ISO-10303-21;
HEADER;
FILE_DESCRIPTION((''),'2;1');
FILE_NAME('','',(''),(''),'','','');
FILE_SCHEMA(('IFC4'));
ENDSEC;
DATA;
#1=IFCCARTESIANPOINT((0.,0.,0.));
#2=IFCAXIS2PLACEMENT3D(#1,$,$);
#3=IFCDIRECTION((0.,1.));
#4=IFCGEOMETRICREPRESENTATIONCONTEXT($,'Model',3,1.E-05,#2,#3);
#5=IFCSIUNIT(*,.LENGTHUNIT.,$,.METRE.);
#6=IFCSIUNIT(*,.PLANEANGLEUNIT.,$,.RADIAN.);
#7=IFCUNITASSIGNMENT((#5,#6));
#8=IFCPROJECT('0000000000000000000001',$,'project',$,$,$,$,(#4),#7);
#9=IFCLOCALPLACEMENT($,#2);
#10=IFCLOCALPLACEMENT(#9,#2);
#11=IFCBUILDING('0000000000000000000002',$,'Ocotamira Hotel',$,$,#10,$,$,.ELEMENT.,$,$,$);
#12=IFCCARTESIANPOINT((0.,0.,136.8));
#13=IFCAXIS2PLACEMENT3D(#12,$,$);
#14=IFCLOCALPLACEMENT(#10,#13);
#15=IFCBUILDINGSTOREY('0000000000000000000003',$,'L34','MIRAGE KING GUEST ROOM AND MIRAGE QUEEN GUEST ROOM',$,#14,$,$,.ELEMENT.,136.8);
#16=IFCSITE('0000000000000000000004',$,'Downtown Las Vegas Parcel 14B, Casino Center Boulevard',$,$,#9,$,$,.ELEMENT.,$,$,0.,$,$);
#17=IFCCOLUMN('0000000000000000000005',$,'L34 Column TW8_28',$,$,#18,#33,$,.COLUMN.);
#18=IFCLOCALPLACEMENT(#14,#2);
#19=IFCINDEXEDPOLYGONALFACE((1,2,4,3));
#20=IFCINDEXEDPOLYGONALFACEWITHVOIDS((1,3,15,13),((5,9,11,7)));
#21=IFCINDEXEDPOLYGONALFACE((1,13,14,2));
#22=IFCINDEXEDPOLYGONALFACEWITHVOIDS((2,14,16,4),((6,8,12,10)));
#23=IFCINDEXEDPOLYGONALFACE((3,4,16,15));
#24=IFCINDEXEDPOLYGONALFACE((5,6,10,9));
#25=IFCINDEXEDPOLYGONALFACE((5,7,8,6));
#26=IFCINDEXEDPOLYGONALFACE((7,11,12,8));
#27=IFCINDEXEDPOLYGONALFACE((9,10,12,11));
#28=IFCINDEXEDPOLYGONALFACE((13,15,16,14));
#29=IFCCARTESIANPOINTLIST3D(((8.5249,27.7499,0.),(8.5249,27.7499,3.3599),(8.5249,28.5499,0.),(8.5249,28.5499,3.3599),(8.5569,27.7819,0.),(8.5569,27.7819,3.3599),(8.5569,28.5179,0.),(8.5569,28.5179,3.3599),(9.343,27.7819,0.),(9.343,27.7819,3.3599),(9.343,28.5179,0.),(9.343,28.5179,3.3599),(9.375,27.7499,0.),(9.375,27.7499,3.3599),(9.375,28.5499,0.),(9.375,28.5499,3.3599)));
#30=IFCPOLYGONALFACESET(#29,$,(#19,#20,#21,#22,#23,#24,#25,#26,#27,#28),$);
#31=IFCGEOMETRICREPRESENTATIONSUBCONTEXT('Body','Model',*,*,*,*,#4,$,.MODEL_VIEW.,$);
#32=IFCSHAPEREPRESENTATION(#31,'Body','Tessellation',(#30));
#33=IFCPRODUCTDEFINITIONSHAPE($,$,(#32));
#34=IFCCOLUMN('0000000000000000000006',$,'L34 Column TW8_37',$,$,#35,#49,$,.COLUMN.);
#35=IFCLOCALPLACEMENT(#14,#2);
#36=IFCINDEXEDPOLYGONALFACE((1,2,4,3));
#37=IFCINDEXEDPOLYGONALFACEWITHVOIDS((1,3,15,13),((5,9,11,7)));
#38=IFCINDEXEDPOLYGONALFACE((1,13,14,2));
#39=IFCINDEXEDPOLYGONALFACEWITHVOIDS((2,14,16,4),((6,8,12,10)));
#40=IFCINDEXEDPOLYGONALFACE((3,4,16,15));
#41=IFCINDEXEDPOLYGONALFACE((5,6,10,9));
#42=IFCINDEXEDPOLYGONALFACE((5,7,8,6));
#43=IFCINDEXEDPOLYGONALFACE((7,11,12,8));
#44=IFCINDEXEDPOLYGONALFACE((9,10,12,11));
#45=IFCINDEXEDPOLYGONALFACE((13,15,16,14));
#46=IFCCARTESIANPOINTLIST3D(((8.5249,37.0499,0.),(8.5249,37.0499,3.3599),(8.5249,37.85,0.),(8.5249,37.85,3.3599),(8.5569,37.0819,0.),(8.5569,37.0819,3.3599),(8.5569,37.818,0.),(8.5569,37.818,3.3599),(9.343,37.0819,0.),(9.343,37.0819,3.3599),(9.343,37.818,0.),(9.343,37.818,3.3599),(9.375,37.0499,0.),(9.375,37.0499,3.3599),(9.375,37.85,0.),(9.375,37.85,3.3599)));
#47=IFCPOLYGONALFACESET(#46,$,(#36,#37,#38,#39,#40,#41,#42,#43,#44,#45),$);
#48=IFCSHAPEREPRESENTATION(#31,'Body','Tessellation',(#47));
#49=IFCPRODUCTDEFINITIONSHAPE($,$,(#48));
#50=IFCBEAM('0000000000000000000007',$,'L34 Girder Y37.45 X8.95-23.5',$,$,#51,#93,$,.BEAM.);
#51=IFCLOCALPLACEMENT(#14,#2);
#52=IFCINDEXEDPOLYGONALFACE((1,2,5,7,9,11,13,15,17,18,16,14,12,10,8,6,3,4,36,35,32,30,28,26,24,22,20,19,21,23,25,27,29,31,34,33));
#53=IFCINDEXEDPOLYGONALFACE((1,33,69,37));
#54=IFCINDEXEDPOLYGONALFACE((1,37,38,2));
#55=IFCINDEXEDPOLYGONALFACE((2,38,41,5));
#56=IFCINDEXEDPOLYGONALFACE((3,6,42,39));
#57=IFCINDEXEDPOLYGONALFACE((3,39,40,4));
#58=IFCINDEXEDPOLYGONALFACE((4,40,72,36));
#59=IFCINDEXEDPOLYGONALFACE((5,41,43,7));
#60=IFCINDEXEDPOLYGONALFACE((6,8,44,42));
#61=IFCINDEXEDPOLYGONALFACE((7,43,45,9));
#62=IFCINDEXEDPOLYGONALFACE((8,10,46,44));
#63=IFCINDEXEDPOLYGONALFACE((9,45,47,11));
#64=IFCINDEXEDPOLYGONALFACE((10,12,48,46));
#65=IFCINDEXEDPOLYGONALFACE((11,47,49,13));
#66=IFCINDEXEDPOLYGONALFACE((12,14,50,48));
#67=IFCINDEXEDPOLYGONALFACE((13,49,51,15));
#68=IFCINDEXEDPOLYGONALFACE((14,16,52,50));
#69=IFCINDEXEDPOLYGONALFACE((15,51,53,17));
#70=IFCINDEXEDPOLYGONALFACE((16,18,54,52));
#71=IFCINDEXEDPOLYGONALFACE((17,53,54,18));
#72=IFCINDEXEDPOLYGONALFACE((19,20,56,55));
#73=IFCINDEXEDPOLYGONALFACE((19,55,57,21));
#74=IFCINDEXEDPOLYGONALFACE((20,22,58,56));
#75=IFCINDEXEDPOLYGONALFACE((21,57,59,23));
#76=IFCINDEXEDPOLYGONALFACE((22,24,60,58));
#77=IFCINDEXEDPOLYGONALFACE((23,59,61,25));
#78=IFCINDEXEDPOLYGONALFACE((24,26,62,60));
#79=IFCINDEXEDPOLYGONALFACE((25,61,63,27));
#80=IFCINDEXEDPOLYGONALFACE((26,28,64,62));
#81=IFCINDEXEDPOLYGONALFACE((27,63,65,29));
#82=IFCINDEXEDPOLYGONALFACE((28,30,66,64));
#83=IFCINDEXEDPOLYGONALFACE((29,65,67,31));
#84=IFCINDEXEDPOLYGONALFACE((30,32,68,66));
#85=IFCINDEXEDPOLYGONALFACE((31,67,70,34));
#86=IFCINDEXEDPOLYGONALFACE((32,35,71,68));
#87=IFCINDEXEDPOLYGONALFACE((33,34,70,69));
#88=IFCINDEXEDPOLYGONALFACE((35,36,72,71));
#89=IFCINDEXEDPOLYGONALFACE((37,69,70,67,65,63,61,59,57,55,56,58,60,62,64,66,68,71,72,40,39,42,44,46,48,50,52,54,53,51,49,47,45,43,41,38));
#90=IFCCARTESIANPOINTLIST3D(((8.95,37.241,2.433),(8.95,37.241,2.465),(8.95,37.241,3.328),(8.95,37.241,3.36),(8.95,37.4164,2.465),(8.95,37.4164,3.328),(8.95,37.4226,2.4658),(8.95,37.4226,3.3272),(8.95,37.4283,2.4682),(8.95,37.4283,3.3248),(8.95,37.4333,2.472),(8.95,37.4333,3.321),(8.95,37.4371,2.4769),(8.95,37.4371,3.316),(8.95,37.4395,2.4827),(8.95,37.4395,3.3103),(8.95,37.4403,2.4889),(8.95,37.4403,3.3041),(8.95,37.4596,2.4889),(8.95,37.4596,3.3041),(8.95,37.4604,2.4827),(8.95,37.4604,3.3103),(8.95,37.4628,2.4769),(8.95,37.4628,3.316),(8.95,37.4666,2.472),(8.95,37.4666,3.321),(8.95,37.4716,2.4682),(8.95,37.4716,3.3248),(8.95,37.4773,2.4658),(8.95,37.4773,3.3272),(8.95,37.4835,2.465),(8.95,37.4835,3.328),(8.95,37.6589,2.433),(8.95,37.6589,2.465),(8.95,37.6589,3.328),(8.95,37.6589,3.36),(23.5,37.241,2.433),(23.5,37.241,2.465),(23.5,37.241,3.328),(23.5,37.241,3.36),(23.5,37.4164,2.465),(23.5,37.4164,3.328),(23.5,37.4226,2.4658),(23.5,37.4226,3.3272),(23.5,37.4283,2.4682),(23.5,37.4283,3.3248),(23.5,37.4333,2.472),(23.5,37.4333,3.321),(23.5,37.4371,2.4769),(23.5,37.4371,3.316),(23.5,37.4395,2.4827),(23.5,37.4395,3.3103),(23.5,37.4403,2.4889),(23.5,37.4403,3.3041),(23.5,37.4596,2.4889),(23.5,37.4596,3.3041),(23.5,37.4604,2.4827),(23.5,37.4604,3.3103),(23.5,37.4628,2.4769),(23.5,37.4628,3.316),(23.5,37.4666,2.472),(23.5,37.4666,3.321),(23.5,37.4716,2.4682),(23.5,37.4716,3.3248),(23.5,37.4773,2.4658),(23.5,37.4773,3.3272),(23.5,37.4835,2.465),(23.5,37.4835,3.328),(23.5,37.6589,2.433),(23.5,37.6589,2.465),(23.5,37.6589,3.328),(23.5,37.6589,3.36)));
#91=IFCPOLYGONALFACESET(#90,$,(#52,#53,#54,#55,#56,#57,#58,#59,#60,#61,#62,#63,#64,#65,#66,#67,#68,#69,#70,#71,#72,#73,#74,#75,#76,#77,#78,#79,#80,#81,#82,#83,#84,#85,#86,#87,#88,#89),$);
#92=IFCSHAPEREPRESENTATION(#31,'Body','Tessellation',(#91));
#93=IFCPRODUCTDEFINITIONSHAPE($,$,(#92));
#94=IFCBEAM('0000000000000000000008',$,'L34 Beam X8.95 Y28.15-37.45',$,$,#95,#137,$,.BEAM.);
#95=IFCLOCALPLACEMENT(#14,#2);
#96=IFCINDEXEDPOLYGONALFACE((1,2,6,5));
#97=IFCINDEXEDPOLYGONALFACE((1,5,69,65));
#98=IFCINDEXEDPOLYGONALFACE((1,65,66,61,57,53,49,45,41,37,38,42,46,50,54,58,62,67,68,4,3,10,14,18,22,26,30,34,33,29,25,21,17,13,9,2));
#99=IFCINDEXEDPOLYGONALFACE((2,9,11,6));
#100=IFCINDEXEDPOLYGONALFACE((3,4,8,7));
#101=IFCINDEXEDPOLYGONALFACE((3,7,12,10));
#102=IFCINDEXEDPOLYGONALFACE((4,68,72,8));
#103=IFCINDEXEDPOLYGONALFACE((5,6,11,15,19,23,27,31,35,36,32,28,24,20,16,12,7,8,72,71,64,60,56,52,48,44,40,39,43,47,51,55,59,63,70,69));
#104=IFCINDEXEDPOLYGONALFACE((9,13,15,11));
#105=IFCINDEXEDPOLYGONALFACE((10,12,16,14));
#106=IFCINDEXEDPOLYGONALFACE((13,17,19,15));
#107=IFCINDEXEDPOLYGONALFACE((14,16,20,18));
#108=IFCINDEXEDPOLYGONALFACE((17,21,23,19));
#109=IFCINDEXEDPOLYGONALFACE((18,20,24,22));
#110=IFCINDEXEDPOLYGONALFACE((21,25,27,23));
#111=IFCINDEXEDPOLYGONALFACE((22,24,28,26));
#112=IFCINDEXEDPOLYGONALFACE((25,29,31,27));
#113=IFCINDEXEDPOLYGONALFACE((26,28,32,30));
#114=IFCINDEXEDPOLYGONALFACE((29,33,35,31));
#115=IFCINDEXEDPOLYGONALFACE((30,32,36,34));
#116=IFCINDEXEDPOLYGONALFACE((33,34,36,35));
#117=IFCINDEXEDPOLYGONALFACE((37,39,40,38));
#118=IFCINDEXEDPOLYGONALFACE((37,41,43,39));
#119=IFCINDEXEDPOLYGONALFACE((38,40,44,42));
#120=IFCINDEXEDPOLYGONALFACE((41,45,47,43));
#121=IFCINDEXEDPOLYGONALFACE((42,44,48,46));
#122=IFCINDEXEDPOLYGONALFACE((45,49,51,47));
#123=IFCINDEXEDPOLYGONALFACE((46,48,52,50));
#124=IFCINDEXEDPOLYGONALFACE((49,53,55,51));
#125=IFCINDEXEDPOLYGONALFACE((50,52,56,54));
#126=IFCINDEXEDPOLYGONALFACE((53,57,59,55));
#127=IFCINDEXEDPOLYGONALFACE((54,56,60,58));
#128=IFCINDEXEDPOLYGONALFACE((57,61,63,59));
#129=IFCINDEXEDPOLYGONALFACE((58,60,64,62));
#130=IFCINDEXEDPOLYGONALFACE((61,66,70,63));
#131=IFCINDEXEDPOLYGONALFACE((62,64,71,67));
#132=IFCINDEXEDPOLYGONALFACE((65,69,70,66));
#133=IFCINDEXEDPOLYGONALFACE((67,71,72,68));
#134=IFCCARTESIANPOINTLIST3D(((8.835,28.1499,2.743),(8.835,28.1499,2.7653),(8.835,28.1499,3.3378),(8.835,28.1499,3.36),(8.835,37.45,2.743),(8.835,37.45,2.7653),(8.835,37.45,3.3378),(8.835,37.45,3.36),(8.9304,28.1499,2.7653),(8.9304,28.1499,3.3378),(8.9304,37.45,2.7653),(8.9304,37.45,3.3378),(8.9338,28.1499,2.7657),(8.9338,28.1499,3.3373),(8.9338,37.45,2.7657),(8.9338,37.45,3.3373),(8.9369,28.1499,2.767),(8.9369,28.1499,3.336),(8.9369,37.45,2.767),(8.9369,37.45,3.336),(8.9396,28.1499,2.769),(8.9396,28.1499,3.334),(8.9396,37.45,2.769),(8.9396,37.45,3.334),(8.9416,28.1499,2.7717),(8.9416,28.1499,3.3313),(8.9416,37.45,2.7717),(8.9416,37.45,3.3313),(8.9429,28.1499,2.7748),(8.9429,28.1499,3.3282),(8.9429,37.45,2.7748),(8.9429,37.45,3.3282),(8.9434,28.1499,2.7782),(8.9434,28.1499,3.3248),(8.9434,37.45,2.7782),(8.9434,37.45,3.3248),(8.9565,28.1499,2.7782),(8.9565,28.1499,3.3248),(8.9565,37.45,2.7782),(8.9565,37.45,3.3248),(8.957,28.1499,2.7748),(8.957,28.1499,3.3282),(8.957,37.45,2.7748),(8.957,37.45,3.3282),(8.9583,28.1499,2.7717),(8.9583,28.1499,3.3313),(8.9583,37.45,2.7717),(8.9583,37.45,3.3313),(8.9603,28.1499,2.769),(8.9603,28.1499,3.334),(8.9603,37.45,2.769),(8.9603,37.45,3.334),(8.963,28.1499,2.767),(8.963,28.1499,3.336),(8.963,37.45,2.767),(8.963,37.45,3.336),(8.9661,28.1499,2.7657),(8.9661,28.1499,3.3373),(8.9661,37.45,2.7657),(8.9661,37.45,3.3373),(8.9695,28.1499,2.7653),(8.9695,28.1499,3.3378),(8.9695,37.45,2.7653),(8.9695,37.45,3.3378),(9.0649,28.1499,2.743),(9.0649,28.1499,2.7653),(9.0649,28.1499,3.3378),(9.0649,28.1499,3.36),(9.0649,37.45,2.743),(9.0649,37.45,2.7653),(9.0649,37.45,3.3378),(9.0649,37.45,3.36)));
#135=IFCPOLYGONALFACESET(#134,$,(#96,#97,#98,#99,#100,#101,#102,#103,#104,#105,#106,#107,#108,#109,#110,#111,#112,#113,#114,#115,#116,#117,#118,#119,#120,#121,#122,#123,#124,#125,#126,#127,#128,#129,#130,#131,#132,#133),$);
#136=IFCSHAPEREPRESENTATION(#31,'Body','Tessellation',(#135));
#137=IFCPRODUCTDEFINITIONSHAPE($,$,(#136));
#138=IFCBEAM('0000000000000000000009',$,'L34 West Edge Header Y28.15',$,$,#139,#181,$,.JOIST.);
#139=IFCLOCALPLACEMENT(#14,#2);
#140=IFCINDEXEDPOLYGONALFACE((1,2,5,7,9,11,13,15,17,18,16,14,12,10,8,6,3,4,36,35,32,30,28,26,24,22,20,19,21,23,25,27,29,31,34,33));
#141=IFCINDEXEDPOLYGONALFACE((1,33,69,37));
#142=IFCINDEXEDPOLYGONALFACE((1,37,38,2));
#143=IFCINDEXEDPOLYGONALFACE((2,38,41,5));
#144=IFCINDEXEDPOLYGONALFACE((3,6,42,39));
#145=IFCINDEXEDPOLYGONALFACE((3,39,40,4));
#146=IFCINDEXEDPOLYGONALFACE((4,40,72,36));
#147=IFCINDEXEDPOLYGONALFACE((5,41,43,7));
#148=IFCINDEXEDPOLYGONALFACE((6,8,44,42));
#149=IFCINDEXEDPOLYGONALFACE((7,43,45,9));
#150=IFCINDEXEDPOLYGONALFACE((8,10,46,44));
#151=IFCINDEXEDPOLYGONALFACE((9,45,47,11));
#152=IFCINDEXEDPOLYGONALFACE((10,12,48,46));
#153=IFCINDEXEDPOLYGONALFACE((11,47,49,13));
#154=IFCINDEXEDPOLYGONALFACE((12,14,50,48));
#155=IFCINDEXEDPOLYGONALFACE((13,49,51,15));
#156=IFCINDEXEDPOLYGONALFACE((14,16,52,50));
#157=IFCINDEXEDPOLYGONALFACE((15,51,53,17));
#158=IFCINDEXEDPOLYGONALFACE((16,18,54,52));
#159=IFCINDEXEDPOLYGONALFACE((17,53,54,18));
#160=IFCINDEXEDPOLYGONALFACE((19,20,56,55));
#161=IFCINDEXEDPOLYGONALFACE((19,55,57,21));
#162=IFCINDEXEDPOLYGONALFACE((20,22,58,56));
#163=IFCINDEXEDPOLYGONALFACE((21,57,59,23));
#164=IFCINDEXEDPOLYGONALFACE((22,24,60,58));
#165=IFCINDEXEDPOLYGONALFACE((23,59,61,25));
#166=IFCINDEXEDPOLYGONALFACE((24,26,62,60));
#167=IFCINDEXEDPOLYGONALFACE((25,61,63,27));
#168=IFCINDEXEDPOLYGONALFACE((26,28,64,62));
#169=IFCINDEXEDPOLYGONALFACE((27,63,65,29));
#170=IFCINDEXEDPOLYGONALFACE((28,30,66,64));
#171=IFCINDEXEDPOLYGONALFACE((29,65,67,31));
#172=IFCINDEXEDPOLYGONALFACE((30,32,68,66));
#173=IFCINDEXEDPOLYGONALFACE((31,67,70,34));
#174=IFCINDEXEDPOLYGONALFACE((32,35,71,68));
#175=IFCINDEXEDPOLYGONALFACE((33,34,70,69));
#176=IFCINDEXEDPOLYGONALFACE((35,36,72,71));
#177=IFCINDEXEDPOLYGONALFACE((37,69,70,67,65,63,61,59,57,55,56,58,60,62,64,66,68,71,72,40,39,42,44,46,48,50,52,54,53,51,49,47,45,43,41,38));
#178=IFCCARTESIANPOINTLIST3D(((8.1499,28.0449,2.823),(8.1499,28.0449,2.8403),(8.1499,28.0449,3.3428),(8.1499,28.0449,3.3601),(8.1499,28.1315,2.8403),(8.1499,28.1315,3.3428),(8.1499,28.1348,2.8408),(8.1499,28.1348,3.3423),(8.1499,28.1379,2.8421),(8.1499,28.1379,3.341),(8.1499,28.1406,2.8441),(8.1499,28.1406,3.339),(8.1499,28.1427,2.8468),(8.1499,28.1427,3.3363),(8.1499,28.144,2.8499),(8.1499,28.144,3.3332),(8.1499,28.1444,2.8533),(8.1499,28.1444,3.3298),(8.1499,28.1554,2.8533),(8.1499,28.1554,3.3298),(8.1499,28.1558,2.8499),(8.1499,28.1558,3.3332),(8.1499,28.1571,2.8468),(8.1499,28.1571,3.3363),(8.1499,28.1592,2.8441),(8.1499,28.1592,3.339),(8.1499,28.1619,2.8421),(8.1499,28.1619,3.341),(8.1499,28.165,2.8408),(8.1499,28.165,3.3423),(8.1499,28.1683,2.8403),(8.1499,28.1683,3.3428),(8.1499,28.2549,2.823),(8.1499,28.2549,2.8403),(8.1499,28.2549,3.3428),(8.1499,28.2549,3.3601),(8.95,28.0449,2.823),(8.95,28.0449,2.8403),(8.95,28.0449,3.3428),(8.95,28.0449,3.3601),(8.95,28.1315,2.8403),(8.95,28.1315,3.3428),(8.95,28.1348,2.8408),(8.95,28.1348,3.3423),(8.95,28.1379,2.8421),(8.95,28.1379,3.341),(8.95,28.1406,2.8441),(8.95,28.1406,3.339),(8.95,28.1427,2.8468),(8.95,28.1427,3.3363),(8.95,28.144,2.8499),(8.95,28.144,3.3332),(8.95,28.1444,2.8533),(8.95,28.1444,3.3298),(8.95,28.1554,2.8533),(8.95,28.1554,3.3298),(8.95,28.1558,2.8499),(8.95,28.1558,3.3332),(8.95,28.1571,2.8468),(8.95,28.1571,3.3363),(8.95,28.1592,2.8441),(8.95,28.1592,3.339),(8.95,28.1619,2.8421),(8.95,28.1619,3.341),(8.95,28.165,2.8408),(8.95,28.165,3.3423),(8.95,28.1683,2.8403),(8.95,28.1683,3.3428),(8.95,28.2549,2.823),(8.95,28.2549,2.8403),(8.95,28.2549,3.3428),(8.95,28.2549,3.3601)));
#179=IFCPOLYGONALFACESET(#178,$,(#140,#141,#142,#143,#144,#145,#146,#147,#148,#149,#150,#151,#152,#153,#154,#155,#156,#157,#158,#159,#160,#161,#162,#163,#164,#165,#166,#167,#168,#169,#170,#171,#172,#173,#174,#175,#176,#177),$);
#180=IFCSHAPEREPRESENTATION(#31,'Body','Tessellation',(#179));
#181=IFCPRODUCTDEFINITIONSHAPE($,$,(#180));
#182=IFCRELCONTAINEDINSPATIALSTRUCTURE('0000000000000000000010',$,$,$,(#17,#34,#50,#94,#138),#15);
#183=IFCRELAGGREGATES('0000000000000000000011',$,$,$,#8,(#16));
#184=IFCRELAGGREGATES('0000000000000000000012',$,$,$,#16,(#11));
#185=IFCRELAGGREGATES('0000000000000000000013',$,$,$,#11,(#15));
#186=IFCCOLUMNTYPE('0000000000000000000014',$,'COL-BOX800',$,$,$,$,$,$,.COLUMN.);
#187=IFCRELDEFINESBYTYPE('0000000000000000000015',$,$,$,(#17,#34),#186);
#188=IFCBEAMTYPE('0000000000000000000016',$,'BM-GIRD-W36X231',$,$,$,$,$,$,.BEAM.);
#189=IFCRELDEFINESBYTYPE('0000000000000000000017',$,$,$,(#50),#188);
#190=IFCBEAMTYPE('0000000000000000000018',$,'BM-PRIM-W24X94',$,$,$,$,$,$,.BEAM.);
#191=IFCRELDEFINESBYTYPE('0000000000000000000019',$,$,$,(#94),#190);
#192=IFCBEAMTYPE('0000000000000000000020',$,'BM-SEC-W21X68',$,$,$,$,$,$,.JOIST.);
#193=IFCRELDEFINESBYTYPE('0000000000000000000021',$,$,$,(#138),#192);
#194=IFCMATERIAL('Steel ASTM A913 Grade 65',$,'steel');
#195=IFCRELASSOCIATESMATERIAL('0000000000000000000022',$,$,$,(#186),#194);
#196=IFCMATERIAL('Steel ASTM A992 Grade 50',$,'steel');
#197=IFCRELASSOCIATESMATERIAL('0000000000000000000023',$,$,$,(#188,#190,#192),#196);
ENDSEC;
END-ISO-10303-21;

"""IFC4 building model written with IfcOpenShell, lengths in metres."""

from ifc_helpers import new_model, si_unit, direction, frame, origin, origin_2d, place, context, subcontext, project, spatial, hollow_rectangle, i_section, extrude, source, transform, mapped, material, material_profile, profile_set, type_object, element, save


model = new_model("IFC4")

# Units and contexts
model_context = context("Model", 3, precision=1e-05, world=origin(), true_north=direction((0.0, 1.0)))
body_context = subcontext(model_context, "Body", "Model", "MODEL_VIEW")
ifc_project = project(units=[si_unit("LENGTHUNIT", "METRE"), si_unit("PLANEANGLEUNIT", "RADIAN")], contexts=[model_context])

# Site, building, storey
site_placement = place(None, origin())
site = spatial("IfcSite", under=ifc_project, at=site_placement, Name="Downtown Las Vegas Parcel 14B, Casino Center Boulevard", CompositionType="ELEMENT", RefElevation=0.0)
building_placement = place(site_placement, origin())
building = spatial("IfcBuilding", under=site, at=building_placement, Name="Ocotamira Hotel", CompositionType="ELEMENT")
storey_placement = place(building_placement, frame((0.0, 0.0, 136.8)))
storey = spatial("IfcBuildingStorey", under=building, at=storey_placement, Name="L34", Description="MIRAGE KING GUEST ROOM AND MIRAGE QUEEN GUEST ROOM", CompositionType="ELEMENT", Elevation=136.8)

# Columns
ifc_material_1 = material(Name="Steel ASTM A913 Grade 65", Category="steel")
ifc_material_profile_1 = material_profile(ifc_material_1, hollow_rectangle(XDim=0.8501, YDim=0.8, WallThickness=0.032, at=origin_2d()), Name="BOX800X850X32")
ifc_profile_set_1 = profile_set([ifc_material_profile_1], Name="Steel ASTM A913 Grade 65")
column_type = type_object("IfcColumnType", Name="COL-BOX800", PredefinedType="COLUMN", material=ifc_profile_set_1)
shared_shape_1 = source(origin(), body_context, "Body", "SweptSolid", [
    extrude(hollow_rectangle(XDim=0.8501, YDim=0.8, WallThickness=0.032, at=origin_2d()), origin(), (0.0, 0.0, 1.0), 3.3599),
])
for number, where, z_axis, x_axis, name in (
    (1, (8.95, 28.1499, 0.0), (0.0, 0.0, 1.0), (1.0, 0.0, 0.0), "L34 Column TW8_28"),
    (2, (8.95, 37.45, 0.0), (0.0, 0.0, 1.0), (1.0, 0.0, 0.0), "L34 Column TW8_37"),
):
    element("IfcColumn", number, at=place(storey_placement, frame(where, z_axis=z_axis, x_axis=x_axis)), inside=storey, type_object=column_type, Name=name, PredefinedType="COLUMN", context=body_context, shape_type="MappedRepresentation", body=[
        mapped(shared_shape_1, transform((0.0, 0.0, 0.0), scale=1.0)),
    ])

# Beams
ifc_material_2 = material(Name="Steel ASTM A992 Grade 50", Category="steel")
ifc_material_profile_2 = material_profile(ifc_material_2, i_section(OverallWidth=0.418, OverallDepth=0.927, WebThickness=0.0193, FlangeThickness=0.032, FilletRadius=0.0239, at=origin_2d()), Name="W36X231")
ifc_profile_set_2 = profile_set([ifc_material_profile_2], Name="Steel ASTM A992 Grade 50")
beam_type_1 = type_object("IfcBeamType", Name="BM-GIRD-W36X231", PredefinedType="BEAM", material=ifc_profile_set_2)
shared_shape_2 = source(origin(), body_context, "Body", "SweptSolid", [
    extrude(i_section(OverallWidth=0.418, OverallDepth=0.927, WebThickness=0.0193, FlangeThickness=0.032, FilletRadius=0.0239, at=origin_2d()), origin(), (0.0, 0.0, 1.0), 14.55),
])
beam_1_placement = place(storey_placement, frame((8.95, 37.45, 2.8965), z_axis=(1.0, 0.0, 0.0), x_axis=(0.0, 1.0, 0.0)))
element("IfcBeam", 3, at=beam_1_placement, inside=storey, type_object=beam_type_1, Name="L34 Girder Y37.45 X8.95-23.5", PredefinedType="BEAM", context=body_context, shape_type="MappedRepresentation", body=[
    mapped(shared_shape_2, transform((0.0, 0.0, 0.0), scale=1.0)),
])
ifc_material_profile_3 = material_profile(ifc_material_2, i_section(OverallWidth=0.23, OverallDepth=0.6169, WebThickness=0.0132, FlangeThickness=0.0222, FilletRadius=0.0129, at=origin_2d()), Name="W24X94")
ifc_profile_set_3 = profile_set([ifc_material_profile_3], Name="Steel ASTM A992 Grade 50")
beam_type_2 = type_object("IfcBeamType", Name="BM-PRIM-W24X94", PredefinedType="BEAM", material=ifc_profile_set_3)
shared_shape_3 = source(origin(), body_context, "Body", "SweptSolid", [
    extrude(i_section(OverallWidth=0.23, OverallDepth=0.6169, WebThickness=0.0132, FlangeThickness=0.0222, FilletRadius=0.0129, at=origin_2d()), origin(), (0.0, 0.0, 1.0), 9.3),
])
beam_2_placement = place(storey_placement, frame((8.95, 28.1499, 3.0515), z_axis=(0.0, 1.0, 0.0), x_axis=(-1.0, 0.0, 0.0)))
element("IfcBeam", 4, at=beam_2_placement, inside=storey, type_object=beam_type_2, Name="L34 Beam X8.95 Y28.15-37.45", PredefinedType="BEAM", context=body_context, shape_type="MappedRepresentation", body=[
    mapped(shared_shape_3, transform((0.0, 0.0, 0.0), scale=1.0)),
])
ifc_material_profile_4 = material_profile(ifc_material_2, i_section(OverallWidth=0.21, OverallDepth=0.5371, WebThickness=0.011, FlangeThickness=0.0173, FilletRadius=0.0129, at=origin_2d()), Name="W21X68")
ifc_profile_set_4 = profile_set([ifc_material_profile_4], Name="Steel ASTM A992 Grade 50")
beam_type_3 = type_object("IfcBeamType", Name="BM-SEC-W21X68", PredefinedType="JOIST", material=ifc_profile_set_4)
shared_shape_4 = source(origin(), body_context, "Body", "SweptSolid", [
    extrude(i_section(OverallWidth=0.21, OverallDepth=0.5371, WebThickness=0.011, FlangeThickness=0.0173, FilletRadius=0.0129, at=origin_2d()), origin(), (0.0, 0.0, 1.0), 0.8),
])
beam_3_placement = place(storey_placement, frame((8.95, 28.1499, 3.0916), z_axis=(-1.0, 0.0, 0.0), x_axis=(0.0, -1.0, 0.0)))
element("IfcBeam", 5, at=beam_3_placement, inside=storey, type_object=beam_type_3, Name="L34 West Edge Header Y28.15", PredefinedType="JOIST", context=body_context, shape_type="MappedRepresentation", body=[
    mapped(shared_shape_4, transform((0.0, 0.0, 0.0), scale=1.0)),
])

save(model, "model.ifc")
